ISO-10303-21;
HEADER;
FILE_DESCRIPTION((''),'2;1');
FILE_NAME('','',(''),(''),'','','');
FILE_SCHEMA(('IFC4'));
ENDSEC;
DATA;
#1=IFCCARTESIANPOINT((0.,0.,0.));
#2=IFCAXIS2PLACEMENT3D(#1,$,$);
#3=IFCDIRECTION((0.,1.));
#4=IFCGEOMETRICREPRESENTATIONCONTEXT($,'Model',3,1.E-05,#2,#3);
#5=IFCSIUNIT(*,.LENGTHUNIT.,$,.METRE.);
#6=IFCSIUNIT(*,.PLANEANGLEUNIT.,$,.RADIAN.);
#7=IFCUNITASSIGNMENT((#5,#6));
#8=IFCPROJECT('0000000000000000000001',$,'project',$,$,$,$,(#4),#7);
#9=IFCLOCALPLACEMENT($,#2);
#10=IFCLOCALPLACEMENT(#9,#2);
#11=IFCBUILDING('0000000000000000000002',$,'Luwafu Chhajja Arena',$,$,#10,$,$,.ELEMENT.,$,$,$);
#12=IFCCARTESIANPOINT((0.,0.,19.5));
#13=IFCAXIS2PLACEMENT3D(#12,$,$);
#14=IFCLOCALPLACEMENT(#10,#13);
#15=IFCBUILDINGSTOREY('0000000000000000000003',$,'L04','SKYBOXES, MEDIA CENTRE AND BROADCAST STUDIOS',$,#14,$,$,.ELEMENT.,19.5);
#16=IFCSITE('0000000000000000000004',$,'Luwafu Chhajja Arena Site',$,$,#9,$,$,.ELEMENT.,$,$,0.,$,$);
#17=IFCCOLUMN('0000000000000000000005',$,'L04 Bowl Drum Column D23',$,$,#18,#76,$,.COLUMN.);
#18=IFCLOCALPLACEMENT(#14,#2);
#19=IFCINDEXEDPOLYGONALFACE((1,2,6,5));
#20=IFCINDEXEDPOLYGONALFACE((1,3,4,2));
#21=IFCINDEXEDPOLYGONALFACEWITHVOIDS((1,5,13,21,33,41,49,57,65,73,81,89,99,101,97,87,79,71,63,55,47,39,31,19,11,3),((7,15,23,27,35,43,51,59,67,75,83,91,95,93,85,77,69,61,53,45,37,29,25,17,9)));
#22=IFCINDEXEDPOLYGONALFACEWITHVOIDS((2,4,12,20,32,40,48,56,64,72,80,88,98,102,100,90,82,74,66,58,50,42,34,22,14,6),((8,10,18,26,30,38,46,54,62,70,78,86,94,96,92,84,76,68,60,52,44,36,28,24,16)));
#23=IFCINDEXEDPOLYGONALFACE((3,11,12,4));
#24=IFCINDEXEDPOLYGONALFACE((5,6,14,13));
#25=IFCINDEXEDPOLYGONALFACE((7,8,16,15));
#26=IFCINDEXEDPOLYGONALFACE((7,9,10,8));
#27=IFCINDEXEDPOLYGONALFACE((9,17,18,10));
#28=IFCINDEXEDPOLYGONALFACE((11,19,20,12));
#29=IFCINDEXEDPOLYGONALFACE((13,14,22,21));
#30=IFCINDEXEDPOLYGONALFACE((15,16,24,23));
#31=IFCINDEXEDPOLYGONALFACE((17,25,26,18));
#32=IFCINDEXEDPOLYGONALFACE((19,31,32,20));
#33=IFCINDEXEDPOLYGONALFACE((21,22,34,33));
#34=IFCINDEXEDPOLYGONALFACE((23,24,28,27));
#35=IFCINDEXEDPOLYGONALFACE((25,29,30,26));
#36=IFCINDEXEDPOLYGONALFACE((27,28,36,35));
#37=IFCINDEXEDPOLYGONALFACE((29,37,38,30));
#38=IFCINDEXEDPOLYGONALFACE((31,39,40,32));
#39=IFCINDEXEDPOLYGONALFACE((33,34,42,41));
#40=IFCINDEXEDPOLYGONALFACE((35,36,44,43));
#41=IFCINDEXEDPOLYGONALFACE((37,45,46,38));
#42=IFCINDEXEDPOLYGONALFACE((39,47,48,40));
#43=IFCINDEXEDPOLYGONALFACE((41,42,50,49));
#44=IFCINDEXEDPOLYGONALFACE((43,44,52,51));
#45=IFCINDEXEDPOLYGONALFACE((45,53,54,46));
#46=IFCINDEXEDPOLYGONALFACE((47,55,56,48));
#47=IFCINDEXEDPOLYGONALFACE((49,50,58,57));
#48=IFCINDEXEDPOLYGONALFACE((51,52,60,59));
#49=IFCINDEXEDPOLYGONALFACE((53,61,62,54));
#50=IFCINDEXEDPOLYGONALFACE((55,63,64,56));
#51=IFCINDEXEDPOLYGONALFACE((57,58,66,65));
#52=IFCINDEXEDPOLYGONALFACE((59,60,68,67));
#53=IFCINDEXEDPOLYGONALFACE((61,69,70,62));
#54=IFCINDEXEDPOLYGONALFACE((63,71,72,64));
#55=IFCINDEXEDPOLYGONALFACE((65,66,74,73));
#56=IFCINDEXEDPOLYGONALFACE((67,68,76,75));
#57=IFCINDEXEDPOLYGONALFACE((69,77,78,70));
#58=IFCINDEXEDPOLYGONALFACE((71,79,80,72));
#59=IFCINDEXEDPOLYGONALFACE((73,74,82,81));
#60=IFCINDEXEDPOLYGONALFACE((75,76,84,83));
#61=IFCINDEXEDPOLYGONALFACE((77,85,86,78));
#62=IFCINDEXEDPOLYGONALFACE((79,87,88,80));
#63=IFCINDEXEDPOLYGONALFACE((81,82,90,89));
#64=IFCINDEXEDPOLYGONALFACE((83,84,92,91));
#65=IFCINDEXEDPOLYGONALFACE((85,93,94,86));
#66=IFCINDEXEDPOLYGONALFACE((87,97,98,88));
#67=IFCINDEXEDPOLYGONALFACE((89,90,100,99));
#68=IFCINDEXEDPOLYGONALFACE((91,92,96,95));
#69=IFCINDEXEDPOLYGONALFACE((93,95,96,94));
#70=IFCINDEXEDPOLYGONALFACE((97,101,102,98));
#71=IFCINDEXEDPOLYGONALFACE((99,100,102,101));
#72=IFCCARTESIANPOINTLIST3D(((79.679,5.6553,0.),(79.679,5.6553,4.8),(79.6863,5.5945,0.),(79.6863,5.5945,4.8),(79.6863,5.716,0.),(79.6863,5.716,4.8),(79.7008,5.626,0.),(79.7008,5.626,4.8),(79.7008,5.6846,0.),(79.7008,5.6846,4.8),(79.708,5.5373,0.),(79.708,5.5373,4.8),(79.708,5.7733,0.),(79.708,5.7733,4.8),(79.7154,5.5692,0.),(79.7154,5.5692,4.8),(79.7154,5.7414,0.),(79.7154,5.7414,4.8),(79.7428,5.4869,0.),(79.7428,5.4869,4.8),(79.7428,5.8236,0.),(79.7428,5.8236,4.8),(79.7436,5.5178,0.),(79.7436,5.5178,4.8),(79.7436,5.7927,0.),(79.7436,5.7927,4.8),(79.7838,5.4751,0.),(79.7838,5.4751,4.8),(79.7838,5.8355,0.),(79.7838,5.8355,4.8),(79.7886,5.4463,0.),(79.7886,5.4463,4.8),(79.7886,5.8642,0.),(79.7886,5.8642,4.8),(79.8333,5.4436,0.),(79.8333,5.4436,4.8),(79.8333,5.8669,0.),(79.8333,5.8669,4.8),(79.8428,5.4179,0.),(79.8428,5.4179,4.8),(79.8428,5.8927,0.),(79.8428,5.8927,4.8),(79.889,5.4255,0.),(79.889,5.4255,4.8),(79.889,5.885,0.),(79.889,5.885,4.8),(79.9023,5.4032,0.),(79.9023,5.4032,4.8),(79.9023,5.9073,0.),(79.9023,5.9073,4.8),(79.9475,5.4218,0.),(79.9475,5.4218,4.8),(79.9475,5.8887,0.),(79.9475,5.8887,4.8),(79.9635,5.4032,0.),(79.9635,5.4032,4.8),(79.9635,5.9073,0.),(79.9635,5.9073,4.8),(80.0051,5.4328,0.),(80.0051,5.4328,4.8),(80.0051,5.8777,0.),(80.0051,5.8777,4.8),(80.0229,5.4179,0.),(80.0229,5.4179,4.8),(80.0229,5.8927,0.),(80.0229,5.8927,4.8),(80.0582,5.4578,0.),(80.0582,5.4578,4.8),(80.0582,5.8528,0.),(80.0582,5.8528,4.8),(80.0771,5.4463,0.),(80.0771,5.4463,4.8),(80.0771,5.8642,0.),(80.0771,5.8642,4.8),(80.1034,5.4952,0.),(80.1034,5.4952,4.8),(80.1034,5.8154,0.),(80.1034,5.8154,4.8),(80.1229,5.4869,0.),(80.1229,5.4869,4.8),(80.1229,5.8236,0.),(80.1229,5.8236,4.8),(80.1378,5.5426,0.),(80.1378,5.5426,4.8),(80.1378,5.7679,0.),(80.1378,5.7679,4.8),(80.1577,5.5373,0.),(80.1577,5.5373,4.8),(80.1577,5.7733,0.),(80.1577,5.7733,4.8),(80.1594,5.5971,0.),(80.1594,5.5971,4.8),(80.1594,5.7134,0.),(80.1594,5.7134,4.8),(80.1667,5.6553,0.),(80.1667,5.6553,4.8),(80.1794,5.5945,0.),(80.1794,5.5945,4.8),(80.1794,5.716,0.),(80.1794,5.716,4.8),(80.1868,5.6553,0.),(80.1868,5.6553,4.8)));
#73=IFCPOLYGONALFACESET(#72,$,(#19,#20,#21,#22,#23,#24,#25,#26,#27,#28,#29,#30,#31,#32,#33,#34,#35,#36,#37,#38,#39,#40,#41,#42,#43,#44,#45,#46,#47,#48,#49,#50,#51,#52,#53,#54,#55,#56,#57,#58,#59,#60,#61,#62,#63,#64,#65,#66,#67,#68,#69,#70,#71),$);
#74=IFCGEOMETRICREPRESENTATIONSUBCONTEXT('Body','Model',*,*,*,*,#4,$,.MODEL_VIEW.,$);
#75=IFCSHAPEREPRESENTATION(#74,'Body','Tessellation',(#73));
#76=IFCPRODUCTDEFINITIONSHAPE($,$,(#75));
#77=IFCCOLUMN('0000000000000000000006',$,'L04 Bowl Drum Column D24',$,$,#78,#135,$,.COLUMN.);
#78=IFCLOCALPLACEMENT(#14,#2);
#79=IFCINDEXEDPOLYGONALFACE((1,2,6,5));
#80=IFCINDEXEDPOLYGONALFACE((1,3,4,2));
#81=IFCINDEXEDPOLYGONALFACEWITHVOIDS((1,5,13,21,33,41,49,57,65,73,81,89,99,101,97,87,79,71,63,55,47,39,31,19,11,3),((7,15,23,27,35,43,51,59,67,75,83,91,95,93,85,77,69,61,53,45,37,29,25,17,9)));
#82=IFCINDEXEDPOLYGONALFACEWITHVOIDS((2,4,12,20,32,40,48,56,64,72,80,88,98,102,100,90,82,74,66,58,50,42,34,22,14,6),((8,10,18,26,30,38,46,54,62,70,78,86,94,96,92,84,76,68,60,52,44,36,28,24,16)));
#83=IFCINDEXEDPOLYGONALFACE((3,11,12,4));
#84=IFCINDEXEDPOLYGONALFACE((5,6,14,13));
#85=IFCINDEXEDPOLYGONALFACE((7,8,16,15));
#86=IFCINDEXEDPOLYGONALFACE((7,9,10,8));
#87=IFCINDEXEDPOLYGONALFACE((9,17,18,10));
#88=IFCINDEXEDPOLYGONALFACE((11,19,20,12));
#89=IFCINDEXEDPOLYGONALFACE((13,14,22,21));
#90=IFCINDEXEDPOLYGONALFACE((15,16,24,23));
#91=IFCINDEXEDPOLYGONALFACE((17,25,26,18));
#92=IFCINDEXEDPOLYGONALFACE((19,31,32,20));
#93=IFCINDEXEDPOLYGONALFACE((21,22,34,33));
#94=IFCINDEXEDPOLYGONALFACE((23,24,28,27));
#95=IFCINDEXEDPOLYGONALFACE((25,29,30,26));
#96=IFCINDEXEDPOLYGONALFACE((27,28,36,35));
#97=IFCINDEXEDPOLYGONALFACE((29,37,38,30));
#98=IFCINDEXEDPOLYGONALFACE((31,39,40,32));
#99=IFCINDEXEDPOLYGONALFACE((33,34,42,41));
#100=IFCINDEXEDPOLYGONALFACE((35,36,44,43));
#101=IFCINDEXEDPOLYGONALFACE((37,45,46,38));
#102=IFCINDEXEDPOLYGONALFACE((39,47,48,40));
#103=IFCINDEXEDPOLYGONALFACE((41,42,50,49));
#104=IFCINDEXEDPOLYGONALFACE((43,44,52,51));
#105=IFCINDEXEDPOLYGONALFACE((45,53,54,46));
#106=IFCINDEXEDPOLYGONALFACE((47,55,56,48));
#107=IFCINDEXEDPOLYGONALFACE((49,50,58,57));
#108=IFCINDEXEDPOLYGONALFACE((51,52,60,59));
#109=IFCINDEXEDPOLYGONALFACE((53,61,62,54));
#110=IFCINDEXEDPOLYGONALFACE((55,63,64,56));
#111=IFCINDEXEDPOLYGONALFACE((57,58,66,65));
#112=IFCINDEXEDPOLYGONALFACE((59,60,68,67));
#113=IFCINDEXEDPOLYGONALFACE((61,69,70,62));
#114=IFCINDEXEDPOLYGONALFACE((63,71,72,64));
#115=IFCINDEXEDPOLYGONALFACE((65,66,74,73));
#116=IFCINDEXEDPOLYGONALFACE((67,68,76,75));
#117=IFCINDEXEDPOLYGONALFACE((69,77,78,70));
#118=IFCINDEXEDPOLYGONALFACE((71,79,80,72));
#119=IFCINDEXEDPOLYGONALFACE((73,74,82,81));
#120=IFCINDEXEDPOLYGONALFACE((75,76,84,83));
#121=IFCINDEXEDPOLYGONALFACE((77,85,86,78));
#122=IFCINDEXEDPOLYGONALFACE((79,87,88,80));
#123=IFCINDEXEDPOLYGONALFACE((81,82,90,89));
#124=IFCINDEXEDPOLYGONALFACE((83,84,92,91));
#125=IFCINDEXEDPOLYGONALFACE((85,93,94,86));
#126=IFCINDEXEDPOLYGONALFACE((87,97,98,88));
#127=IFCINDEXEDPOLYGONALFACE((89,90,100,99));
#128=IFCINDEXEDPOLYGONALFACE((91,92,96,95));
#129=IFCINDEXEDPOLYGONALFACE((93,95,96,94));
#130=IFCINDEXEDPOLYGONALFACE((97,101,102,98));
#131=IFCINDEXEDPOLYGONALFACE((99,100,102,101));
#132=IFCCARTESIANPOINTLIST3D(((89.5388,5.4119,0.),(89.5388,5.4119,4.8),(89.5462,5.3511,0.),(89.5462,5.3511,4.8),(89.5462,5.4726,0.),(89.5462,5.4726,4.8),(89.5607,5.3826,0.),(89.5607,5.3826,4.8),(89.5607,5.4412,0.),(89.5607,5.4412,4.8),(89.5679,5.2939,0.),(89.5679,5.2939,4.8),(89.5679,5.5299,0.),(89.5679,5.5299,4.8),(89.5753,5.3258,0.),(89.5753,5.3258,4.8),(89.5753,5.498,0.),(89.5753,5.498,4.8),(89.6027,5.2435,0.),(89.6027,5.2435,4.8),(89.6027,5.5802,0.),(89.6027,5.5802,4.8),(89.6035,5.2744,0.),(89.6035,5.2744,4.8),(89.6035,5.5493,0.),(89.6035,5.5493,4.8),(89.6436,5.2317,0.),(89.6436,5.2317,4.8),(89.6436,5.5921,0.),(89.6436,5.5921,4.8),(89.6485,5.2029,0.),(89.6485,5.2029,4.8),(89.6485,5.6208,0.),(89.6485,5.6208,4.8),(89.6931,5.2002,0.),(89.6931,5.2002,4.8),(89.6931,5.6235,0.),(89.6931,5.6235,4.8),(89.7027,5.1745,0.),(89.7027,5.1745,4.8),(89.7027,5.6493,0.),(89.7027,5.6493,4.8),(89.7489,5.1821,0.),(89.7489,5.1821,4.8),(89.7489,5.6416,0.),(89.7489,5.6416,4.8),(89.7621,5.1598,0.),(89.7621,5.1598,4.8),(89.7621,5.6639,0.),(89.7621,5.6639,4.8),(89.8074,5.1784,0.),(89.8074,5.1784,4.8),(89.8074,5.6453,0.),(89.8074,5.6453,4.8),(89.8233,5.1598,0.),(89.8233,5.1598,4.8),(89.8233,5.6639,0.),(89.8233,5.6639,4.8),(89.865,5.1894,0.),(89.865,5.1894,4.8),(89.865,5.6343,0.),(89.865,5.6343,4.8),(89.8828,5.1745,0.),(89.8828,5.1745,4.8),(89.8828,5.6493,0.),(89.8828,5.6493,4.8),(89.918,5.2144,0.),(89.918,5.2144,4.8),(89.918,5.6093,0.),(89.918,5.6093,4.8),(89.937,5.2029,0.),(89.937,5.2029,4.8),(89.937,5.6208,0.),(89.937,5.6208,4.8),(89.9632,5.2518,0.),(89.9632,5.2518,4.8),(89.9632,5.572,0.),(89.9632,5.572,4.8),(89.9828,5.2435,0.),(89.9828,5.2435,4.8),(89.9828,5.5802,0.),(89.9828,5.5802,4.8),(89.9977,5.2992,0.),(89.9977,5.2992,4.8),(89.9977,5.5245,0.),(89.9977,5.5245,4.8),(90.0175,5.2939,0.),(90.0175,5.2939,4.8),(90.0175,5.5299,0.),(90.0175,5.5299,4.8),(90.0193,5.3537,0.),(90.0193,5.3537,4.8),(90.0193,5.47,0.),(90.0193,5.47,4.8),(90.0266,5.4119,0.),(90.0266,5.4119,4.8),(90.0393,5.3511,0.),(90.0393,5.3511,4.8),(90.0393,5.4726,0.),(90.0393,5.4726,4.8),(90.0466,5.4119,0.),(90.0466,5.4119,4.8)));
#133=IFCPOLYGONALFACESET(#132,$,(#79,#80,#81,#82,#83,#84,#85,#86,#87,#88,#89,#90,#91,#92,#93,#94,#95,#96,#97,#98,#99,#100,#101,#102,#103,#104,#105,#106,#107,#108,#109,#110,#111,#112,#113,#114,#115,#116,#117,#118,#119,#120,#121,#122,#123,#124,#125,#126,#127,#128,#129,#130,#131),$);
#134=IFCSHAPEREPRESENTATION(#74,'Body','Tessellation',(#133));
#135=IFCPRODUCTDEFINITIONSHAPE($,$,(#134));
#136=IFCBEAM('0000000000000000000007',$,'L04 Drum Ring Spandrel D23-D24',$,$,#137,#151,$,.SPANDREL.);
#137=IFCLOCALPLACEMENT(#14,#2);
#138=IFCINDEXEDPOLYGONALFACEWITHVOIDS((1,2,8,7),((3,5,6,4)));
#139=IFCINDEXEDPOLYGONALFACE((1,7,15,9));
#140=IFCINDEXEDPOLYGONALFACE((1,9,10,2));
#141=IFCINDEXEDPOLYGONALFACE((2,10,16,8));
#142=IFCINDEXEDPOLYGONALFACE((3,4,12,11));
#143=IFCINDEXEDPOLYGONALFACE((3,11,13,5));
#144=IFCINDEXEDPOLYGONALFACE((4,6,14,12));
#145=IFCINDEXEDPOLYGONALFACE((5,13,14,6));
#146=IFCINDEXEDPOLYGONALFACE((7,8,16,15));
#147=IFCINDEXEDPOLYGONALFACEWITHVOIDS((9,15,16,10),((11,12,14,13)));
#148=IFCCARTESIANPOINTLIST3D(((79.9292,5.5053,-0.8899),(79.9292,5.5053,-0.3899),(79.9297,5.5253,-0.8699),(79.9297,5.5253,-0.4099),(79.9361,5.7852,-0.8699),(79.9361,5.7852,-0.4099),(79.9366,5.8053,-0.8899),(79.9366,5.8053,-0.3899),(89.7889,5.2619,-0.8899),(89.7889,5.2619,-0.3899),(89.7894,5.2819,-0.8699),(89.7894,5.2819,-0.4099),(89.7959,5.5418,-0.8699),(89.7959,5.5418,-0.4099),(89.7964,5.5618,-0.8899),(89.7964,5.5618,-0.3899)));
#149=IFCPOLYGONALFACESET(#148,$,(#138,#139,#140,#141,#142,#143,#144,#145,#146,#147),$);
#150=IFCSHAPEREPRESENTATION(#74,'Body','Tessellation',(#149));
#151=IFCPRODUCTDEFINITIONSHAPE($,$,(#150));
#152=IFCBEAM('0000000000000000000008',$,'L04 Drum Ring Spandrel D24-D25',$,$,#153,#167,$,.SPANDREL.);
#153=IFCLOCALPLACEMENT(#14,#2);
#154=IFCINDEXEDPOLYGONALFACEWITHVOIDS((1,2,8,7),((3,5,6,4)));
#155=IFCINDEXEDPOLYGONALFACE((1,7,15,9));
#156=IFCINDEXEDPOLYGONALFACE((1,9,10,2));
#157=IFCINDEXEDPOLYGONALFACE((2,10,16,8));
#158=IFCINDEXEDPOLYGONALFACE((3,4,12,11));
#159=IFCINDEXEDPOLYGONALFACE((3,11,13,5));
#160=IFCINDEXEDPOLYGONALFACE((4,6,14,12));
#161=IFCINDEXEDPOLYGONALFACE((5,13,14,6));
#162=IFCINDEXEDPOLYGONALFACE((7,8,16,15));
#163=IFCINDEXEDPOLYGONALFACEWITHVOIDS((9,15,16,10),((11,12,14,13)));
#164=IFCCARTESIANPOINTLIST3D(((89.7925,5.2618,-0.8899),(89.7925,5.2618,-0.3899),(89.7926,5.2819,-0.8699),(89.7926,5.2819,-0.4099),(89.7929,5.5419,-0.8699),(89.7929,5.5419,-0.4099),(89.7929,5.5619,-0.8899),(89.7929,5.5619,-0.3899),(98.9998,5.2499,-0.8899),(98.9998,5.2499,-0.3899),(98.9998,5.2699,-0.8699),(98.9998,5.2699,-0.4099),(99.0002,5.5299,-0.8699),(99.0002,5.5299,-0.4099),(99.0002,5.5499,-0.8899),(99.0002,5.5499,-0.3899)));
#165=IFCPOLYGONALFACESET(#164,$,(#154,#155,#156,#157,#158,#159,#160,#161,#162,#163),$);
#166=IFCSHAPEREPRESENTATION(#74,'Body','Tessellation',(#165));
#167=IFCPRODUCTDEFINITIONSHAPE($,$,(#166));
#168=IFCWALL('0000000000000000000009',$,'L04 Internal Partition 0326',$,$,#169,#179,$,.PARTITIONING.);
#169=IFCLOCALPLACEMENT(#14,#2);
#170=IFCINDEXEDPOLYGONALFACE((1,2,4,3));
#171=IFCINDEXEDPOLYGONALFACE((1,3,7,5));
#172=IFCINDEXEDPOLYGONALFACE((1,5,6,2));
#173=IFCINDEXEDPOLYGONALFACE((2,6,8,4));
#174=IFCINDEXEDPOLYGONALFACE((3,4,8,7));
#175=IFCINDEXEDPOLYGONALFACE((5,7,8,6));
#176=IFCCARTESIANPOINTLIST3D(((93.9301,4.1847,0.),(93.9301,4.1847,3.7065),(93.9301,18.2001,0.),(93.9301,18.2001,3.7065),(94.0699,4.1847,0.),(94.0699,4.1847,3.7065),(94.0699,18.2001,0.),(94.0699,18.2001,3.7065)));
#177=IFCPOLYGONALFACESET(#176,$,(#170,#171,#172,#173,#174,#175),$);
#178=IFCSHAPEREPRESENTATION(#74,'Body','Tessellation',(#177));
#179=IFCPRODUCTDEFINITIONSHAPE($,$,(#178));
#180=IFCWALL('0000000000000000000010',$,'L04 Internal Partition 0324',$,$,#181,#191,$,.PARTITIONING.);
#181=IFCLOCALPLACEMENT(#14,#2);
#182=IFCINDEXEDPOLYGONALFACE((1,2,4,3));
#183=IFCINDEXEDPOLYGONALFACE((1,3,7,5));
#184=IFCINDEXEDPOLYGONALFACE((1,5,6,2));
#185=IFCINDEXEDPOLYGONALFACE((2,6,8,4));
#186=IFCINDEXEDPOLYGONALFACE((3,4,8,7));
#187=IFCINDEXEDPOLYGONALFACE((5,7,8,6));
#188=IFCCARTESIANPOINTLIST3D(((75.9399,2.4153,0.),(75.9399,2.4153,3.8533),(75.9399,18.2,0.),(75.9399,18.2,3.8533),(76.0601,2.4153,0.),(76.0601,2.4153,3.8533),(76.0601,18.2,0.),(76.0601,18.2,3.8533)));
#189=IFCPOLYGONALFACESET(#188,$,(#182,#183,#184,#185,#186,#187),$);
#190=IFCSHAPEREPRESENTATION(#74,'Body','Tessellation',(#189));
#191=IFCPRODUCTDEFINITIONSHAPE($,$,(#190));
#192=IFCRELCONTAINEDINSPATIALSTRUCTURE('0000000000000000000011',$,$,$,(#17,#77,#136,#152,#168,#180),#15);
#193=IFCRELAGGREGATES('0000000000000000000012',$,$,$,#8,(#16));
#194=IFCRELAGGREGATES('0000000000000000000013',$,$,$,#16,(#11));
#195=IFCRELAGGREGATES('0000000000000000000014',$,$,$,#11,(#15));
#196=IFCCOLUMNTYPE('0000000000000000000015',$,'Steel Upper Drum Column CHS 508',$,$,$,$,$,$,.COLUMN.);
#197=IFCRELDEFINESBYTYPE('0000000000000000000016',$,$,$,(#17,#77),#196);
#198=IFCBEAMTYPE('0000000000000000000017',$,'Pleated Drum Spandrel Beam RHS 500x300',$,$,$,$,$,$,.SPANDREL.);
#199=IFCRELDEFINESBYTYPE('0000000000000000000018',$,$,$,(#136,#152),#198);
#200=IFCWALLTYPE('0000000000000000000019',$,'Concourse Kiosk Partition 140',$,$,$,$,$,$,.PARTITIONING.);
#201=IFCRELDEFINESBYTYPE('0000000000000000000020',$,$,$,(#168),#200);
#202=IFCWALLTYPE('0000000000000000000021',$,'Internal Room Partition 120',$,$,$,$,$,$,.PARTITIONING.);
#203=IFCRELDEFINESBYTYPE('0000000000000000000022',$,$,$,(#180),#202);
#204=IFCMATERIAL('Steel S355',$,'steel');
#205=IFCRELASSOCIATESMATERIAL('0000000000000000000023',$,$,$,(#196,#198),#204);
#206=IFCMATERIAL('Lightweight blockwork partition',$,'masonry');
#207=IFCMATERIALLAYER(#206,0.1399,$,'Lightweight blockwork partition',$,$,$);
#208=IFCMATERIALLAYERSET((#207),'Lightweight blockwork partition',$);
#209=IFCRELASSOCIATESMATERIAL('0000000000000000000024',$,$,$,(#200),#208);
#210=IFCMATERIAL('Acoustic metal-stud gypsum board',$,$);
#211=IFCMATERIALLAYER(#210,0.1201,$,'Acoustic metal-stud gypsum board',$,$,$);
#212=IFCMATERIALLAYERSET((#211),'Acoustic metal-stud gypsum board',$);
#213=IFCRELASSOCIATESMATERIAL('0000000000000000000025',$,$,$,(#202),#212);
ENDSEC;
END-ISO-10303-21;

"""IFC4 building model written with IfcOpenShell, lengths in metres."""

from ifc_helpers import new_model, si_unit, direction, frame, frame_2d, origin, origin_2d, place, context, subcontext, project, spatial, rectangle, hollow_rectangle, hollow_circle, extrude, material, layer, layer_set, material_profile, profile_set, type_object, element, save


model = new_model("IFC4")

# Units and contexts
model_context = context("Model", 3, precision=1e-05, world=origin(), true_north=direction((0.0, 1.0)))
body_context = subcontext(model_context, "Body", "Model", "MODEL_VIEW")
ifc_project = project(units=[si_unit("LENGTHUNIT", "METRE"), si_unit("PLANEANGLEUNIT", "RADIAN")], contexts=[model_context])

# Site, building, storey
site_placement = place(None, origin())
site = spatial("IfcSite", under=ifc_project, at=site_placement, Name="Luwafu Chhajja Arena Site", CompositionType="ELEMENT", RefElevation=0.0)
building_placement = place(site_placement, origin())
building = spatial("IfcBuilding", under=site, at=building_placement, Name="Luwafu Chhajja Arena", CompositionType="ELEMENT")
storey_placement = place(building_placement, frame((0.0, 0.0, 19.5)))
storey = spatial("IfcBuildingStorey", under=building, at=storey_placement, Name="L04", Description="SKYBOXES, MEDIA CENTRE AND BROADCAST STUDIOS", CompositionType="ELEMENT", Elevation=19.5)

# Columns
ifc_material_1 = material(Name="Steel S355", Category="steel")
ifc_material_profile_1 = material_profile(ifc_material_1, hollow_circle(Radius=0.2539, WallThickness=0.02, at=origin_2d()), Name="CHS 508x20")
ifc_profile_set_1 = profile_set([ifc_material_profile_1], Name="Steel S355")
column_type = type_object("IfcColumnType", Name="Steel Upper Drum Column CHS 508", PredefinedType="COLUMN", material=ifc_profile_set_1)
for number, where, z_axis, x_axis, name in (
    (1, (79.9329, 5.6553, 0.0), (0.0, 0.0, 1.0), (1.0, 0.0, 0.0), "L04 Bowl Drum Column D23"),
    (2, (89.7927, 5.4119, 0.0), (0.0, 0.0, 1.0), (1.0, 0.0, 0.0), "L04 Bowl Drum Column D24"),
):
    element("IfcColumn", number, at=place(storey_placement, frame(where, z_axis=z_axis, x_axis=x_axis)), inside=storey, type_object=column_type, Name=name, PredefinedType="COLUMN", context=body_context, shape_type="SweptSolid", body=[
        extrude(hollow_circle(Radius=0.2539, WallThickness=0.02, at=origin_2d()), origin(), (0.0, 0.0, 1.0), 4.8),
    ])

# Beams
ifc_material_profile_2 = material_profile(ifc_material_1, hollow_rectangle(XDim=0.3, YDim=0.5, WallThickness=0.02, at=origin_2d()), Name="RHS 500x300x20")
ifc_profile_set_2 = profile_set([ifc_material_profile_2], Name="Steel S355")
beam_type = type_object("IfcBeamType", Name="Pleated Drum Spandrel Beam RHS 500x300", PredefinedType="SPANDREL", material=ifc_profile_set_2)
beam_1_placement = place(storey_placement, frame((79.9329, 5.6553, -0.6399), z_axis=(0.999695, -0.024679, 0.0), x_axis=(0.024679, 0.999695, 0.0)))
element("IfcBeam", 3, at=beam_1_placement, inside=storey, type_object=beam_type, Name="L04 Drum Ring Spandrel D23-D24", PredefinedType="SPANDREL", context=body_context, shape_type="SweptSolid", body=[
    extrude(hollow_rectangle(XDim=0.3, YDim=0.5, WallThickness=0.02, at=origin_2d()), origin(), (0.0, 0.0, 1.0), 9.8628),
])
beam_2_placement = place(storey_placement, frame((89.7927, 5.4119, -0.6399), z_axis=(0.999999, -0.001299, 0.0), x_axis=(0.001299, 0.999999, 0.0)))
element("IfcBeam", 4, at=beam_2_placement, inside=storey, type_object=beam_type, Name="L04 Drum Ring Spandrel D24-D25", PredefinedType="SPANDREL", context=body_context, shape_type="SweptSolid", body=[
    extrude(hollow_rectangle(XDim=0.3, YDim=0.5, WallThickness=0.02, at=origin_2d()), origin(), (0.0, 0.0, 1.0), 9.2073),
])

# Walls
ifc_material_2 = material(Name="Lightweight blockwork partition", Category="masonry")
ifc_layer_1 = layer(ifc_material_2, 0.1399, Name="Lightweight blockwork partition")
ifc_layer_set_1 = layer_set([ifc_layer_1], Name="Lightweight blockwork partition")
wall_type_1 = type_object("IfcWallType", Name="Concourse Kiosk Partition 140", PredefinedType="PARTITIONING", material=ifc_layer_set_1)
wall_1_placement = place(storey_placement, frame((94.0, 4.1846, 0.0), z_axis=(0.0, 0.0, 1.0), x_axis=(0.0, 1.0, 0.0)))
element("IfcWall", 5, at=wall_1_placement, inside=storey, type_object=wall_type_1, Name="L04 Internal Partition 0326", PredefinedType="PARTITIONING", context=body_context, shape_type="SweptSolid", body=[
    extrude(rectangle(XDim=14.0154, YDim=0.1399, at=frame_2d((7.0078, 0.0))), origin(), (0.0, 0.0, 1.0), 3.7065),
])
ifc_material_3 = material(Name="Acoustic metal-stud gypsum board")
ifc_layer_2 = layer(ifc_material_3, 0.1201, Name="Acoustic metal-stud gypsum board")
ifc_layer_set_2 = layer_set([ifc_layer_2], Name="Acoustic metal-stud gypsum board")
wall_type_2 = type_object("IfcWallType", Name="Internal Room Partition 120", PredefinedType="PARTITIONING", material=ifc_layer_set_2)
wall_2_placement = place(storey_placement, frame((76.0, 2.4153, 0.0), z_axis=(0.0, 0.0, 1.0), x_axis=(0.0, 1.0, 0.0)))
element("IfcWall", 6, at=wall_2_placement, inside=storey, type_object=wall_type_2, Name="L04 Internal Partition 0324", PredefinedType="PARTITIONING", context=body_context, shape_type="SweptSolid", body=[
    extrude(rectangle(XDim=15.7847, YDim=0.1201, at=frame_2d((7.8923, 0.0))), origin(), (0.0, 0.0, 1.0), 3.8533),
])

save(model, "model.ifc")
